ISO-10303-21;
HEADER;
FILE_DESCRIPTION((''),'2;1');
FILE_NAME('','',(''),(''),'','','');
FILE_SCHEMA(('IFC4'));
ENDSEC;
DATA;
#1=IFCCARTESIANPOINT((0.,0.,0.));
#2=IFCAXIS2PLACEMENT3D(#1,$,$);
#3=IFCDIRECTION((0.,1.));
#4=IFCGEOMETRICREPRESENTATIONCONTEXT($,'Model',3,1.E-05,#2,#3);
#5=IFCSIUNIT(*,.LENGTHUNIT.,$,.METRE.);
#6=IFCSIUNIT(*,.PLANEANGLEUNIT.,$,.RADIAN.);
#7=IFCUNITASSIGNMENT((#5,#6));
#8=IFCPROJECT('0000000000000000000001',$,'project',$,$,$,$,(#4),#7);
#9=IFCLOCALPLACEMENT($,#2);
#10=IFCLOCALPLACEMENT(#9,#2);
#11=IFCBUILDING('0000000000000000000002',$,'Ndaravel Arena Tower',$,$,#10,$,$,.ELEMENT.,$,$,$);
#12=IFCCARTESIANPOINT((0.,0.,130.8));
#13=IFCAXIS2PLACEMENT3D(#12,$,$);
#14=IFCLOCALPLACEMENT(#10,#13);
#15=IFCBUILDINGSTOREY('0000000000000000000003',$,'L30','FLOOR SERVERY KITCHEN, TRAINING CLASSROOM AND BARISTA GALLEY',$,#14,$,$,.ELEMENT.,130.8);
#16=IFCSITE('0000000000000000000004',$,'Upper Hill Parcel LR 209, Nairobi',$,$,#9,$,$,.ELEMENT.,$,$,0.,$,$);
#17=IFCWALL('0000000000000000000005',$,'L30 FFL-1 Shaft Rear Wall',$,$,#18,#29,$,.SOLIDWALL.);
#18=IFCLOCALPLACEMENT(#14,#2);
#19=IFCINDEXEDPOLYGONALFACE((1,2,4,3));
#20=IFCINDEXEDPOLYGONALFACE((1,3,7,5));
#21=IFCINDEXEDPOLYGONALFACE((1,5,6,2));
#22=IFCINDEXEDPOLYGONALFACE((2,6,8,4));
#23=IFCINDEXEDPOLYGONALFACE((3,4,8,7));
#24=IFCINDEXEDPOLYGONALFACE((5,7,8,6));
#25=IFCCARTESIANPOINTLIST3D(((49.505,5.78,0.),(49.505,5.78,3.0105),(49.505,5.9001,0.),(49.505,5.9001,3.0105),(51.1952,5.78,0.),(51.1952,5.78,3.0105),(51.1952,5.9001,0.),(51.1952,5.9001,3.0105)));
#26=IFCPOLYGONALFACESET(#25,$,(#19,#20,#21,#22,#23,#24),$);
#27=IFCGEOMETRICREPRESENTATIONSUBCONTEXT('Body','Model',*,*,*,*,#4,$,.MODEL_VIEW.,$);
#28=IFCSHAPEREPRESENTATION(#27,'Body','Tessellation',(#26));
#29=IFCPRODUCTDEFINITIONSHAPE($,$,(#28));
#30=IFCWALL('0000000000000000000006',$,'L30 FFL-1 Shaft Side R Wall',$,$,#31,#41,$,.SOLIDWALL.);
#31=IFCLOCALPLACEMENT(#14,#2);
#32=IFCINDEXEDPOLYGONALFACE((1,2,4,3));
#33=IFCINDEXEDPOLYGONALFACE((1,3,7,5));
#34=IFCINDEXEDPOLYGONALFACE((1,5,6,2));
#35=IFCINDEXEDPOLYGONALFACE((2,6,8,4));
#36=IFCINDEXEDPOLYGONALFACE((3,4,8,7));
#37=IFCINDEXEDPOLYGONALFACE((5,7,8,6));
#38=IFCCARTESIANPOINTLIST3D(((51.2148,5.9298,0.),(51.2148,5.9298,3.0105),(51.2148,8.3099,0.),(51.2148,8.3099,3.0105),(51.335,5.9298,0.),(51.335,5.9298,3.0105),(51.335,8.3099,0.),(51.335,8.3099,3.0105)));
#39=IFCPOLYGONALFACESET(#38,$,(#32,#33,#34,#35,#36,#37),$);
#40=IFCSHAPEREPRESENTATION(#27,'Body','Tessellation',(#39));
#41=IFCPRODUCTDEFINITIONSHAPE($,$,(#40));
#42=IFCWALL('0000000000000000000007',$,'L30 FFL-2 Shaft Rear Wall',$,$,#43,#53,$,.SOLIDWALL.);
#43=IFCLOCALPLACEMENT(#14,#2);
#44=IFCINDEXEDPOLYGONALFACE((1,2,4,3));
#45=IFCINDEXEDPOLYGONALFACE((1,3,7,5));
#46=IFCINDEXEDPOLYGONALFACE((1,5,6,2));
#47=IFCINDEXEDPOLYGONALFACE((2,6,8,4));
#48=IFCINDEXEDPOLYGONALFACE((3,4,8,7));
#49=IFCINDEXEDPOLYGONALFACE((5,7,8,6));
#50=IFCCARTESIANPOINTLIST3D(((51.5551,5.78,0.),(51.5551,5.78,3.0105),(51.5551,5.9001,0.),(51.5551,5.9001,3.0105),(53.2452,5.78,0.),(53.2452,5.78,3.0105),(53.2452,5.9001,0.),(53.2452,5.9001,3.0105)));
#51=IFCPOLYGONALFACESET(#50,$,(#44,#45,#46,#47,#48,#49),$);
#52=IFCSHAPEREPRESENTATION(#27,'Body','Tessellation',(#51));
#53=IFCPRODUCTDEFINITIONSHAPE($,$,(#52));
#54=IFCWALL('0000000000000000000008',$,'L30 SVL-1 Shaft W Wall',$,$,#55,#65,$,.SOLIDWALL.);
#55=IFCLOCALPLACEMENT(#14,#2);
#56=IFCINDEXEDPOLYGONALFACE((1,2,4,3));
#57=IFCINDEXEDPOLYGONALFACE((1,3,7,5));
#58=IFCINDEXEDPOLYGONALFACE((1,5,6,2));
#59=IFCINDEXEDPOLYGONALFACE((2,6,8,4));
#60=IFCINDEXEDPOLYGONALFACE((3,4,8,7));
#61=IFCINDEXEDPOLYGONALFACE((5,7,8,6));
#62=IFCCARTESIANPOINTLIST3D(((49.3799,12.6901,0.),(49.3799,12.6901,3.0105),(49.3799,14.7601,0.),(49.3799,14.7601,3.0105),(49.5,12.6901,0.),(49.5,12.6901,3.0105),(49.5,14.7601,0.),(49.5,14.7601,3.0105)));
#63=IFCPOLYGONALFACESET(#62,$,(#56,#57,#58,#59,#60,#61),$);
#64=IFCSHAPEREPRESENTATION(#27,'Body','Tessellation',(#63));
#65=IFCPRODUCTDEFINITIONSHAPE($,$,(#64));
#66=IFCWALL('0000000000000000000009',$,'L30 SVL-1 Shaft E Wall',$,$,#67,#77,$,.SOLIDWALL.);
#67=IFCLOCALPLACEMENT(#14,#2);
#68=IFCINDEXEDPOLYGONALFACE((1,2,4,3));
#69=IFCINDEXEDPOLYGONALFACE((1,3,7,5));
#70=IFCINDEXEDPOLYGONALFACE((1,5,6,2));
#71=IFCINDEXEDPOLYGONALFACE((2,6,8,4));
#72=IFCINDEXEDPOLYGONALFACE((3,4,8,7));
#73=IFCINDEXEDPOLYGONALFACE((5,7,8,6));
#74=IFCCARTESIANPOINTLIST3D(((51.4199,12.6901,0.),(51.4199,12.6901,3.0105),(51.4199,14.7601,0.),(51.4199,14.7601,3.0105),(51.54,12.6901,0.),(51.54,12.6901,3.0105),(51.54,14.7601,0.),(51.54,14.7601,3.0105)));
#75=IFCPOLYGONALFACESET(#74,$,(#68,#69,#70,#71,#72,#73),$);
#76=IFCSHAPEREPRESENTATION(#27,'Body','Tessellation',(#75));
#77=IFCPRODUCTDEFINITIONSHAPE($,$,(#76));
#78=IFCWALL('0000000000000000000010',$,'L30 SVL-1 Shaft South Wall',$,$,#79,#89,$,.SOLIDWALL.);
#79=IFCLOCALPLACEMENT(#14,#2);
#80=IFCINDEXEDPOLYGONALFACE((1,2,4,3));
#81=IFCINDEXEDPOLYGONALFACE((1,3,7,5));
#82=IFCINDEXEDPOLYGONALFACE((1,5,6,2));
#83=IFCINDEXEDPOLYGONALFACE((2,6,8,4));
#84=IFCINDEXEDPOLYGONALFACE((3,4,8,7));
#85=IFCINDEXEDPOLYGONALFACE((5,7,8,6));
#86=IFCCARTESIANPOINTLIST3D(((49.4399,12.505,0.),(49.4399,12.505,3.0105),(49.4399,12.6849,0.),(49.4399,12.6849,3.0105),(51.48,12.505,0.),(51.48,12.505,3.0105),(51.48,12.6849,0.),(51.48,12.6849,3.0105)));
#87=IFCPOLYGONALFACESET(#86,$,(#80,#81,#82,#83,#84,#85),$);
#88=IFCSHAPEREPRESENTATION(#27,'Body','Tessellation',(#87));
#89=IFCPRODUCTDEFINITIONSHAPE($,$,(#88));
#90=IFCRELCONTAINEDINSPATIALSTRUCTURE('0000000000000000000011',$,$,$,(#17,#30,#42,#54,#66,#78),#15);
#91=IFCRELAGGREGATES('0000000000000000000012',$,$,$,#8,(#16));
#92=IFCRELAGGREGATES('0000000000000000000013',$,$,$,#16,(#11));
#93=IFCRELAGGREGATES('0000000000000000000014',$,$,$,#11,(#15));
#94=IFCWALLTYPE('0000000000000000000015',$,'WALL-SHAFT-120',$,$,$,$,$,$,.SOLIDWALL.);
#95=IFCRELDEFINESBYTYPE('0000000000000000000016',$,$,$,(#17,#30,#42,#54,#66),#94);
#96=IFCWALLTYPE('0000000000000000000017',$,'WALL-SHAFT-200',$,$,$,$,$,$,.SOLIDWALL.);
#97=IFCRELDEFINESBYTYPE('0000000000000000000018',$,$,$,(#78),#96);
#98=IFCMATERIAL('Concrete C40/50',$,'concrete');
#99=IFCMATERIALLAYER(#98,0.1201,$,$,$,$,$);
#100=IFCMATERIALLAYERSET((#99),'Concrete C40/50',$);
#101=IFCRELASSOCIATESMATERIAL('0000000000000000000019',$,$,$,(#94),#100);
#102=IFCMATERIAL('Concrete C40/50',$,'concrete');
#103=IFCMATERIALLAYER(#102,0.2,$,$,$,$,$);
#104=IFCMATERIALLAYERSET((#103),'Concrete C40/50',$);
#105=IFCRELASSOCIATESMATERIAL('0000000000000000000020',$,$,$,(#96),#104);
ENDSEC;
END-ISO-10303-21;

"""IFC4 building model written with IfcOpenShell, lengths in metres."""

from ifc_helpers import new_model, si_unit, direction, frame, frame_2d, origin, place, context, subcontext, project, spatial, rectangle, extrude, material, layer, layer_set, type_object, element, save


model = new_model("IFC4")

# Units and contexts
model_context = context("Model", 3, precision=1e-05, world=origin(), true_north=direction((0.0, 1.0)))
body_context = subcontext(model_context, "Body", "Model", "MODEL_VIEW")
ifc_project = project(units=[si_unit("LENGTHUNIT", "METRE"), si_unit("PLANEANGLEUNIT", "RADIAN")], contexts=[model_context])

# Site, building, storey
site_placement = place(None, origin())
site = spatial("IfcSite", under=ifc_project, at=site_placement, Name="Upper Hill Parcel LR 209, Nairobi", CompositionType="ELEMENT", RefElevation=0.0)
building_placement = place(site_placement, origin())
building = spatial("IfcBuilding", under=site, at=building_placement, Name="Ndaravel Arena Tower", CompositionType="ELEMENT")
storey_placement = place(building_placement, frame((0.0, 0.0, 130.8)))
storey = spatial("IfcBuildingStorey", under=building, at=storey_placement, Name="L30", Description="FLOOR SERVERY KITCHEN, TRAINING CLASSROOM AND BARISTA GALLEY", CompositionType="ELEMENT", Elevation=130.8)

# Walls
ifc_material_1 = material(Name="Concrete C40/50", Category="concrete")
ifc_layer_1 = layer(ifc_material_1, 0.1201)
ifc_layer_set_1 = layer_set([ifc_layer_1], Name="Concrete C40/50")
wall_type_1 = type_object("IfcWallType", Name="WALL-SHAFT-120", PredefinedType="SOLIDWALL", material=ifc_layer_set_1)
wall_1_placement = place(storey_placement, frame((49.5049, 5.8401, 0.0), z_axis=(0.0, 0.0, 1.0), x_axis=(1.0, 0.0, 0.0)))
element("IfcWall", 1, at=wall_1_placement, inside=storey, type_object=wall_type_1, Name="L30 FFL-1 Shaft Rear Wall", PredefinedType="SOLIDWALL", context=body_context, shape_type="SweptSolid", body=[
    extrude(rectangle(XDim=1.6902, YDim=0.1201, at=frame_2d((0.8452, 0.0))), origin(), (0.0, 0.0, 1.0), 3.0105),
])
wall_2_placement = place(storey_placement, frame((51.2749, 5.9299, 0.0), z_axis=(0.0, 0.0, 1.0), x_axis=(0.0, 1.0, 0.0)))
element("IfcWall", 2, at=wall_2_placement, inside=storey, type_object=wall_type_1, Name="L30 FFL-1 Shaft Side R Wall", PredefinedType="SOLIDWALL", context=body_context, shape_type="SweptSolid", body=[
    extrude(rectangle(XDim=2.3801, YDim=0.1201, at=frame_2d((1.1899, 0.0))), origin(), (0.0, 0.0, 1.0), 3.0105),
])
wall_3_placement = place(storey_placement, frame((51.5549, 5.8401, 0.0), z_axis=(0.0, 0.0, 1.0), x_axis=(1.0, 0.0, 0.0)))
element("IfcWall", 3, at=wall_3_placement, inside=storey, type_object=wall_type_1, Name="L30 FFL-2 Shaft Rear Wall", PredefinedType="SOLIDWALL", context=body_context, shape_type="SweptSolid", body=[
    extrude(rectangle(XDim=1.6902, YDim=0.1201, at=frame_2d((0.8452, 0.0))), origin(), (0.0, 0.0, 1.0), 3.0105),
])
for number, where, z_axis, x_axis, name in (
    (4, (49.4399, 12.6899, 0.0), (0.0, 0.0, 1.0), (0.0, 1.0, 0.0), "L30 SVL-1 Shaft W Wall"),
    (5, (51.48, 12.6899, 0.0), (0.0, 0.0, 1.0), (0.0, 1.0, 0.0), "L30 SVL-1 Shaft E Wall"),
):
    element("IfcWall", number, at=place(storey_placement, frame(where, z_axis=z_axis, x_axis=x_axis)), inside=storey, type_object=wall_type_1, Name=name, PredefinedType="SOLIDWALL", context=body_context, shape_type="SweptSolid", body=[
        extrude(rectangle(XDim=2.0701, YDim=0.1201, at=frame_2d((1.0352, 0.0))), origin(), (0.0, 0.0, 1.0), 3.0105),
    ])

# Shared definitions
ifc_material_2 = material(Name="Concrete C40/50", Category="concrete")
ifc_layer_2 = layer(ifc_material_2, 0.2)
ifc_layer_set_2 = layer_set([ifc_layer_2], Name="Concrete C40/50")
wall_type_2 = type_object("IfcWallType", Name="WALL-SHAFT-200", PredefinedType="SOLIDWALL", material=ifc_layer_set_2)

# Wall
wall_4_placement = place(storey_placement, frame((49.4399, 12.595, 0.0), z_axis=(0.0, 0.0, 1.0), x_axis=(1.0, 0.0, 0.0)))
element("IfcWall", 6, at=wall_4_placement, inside=storey, type_object=wall_type_2, Name="L30 SVL-1 Shaft South Wall", PredefinedType="SOLIDWALL", context=body_context, shape_type="SweptSolid", body=[
    extrude(rectangle(XDim=2.04, YDim=0.1799, at=frame_2d((1.02, 0.0))), origin(), (0.0, 0.0, 1.0), 3.0105),
])

save(model, "model.ifc")
